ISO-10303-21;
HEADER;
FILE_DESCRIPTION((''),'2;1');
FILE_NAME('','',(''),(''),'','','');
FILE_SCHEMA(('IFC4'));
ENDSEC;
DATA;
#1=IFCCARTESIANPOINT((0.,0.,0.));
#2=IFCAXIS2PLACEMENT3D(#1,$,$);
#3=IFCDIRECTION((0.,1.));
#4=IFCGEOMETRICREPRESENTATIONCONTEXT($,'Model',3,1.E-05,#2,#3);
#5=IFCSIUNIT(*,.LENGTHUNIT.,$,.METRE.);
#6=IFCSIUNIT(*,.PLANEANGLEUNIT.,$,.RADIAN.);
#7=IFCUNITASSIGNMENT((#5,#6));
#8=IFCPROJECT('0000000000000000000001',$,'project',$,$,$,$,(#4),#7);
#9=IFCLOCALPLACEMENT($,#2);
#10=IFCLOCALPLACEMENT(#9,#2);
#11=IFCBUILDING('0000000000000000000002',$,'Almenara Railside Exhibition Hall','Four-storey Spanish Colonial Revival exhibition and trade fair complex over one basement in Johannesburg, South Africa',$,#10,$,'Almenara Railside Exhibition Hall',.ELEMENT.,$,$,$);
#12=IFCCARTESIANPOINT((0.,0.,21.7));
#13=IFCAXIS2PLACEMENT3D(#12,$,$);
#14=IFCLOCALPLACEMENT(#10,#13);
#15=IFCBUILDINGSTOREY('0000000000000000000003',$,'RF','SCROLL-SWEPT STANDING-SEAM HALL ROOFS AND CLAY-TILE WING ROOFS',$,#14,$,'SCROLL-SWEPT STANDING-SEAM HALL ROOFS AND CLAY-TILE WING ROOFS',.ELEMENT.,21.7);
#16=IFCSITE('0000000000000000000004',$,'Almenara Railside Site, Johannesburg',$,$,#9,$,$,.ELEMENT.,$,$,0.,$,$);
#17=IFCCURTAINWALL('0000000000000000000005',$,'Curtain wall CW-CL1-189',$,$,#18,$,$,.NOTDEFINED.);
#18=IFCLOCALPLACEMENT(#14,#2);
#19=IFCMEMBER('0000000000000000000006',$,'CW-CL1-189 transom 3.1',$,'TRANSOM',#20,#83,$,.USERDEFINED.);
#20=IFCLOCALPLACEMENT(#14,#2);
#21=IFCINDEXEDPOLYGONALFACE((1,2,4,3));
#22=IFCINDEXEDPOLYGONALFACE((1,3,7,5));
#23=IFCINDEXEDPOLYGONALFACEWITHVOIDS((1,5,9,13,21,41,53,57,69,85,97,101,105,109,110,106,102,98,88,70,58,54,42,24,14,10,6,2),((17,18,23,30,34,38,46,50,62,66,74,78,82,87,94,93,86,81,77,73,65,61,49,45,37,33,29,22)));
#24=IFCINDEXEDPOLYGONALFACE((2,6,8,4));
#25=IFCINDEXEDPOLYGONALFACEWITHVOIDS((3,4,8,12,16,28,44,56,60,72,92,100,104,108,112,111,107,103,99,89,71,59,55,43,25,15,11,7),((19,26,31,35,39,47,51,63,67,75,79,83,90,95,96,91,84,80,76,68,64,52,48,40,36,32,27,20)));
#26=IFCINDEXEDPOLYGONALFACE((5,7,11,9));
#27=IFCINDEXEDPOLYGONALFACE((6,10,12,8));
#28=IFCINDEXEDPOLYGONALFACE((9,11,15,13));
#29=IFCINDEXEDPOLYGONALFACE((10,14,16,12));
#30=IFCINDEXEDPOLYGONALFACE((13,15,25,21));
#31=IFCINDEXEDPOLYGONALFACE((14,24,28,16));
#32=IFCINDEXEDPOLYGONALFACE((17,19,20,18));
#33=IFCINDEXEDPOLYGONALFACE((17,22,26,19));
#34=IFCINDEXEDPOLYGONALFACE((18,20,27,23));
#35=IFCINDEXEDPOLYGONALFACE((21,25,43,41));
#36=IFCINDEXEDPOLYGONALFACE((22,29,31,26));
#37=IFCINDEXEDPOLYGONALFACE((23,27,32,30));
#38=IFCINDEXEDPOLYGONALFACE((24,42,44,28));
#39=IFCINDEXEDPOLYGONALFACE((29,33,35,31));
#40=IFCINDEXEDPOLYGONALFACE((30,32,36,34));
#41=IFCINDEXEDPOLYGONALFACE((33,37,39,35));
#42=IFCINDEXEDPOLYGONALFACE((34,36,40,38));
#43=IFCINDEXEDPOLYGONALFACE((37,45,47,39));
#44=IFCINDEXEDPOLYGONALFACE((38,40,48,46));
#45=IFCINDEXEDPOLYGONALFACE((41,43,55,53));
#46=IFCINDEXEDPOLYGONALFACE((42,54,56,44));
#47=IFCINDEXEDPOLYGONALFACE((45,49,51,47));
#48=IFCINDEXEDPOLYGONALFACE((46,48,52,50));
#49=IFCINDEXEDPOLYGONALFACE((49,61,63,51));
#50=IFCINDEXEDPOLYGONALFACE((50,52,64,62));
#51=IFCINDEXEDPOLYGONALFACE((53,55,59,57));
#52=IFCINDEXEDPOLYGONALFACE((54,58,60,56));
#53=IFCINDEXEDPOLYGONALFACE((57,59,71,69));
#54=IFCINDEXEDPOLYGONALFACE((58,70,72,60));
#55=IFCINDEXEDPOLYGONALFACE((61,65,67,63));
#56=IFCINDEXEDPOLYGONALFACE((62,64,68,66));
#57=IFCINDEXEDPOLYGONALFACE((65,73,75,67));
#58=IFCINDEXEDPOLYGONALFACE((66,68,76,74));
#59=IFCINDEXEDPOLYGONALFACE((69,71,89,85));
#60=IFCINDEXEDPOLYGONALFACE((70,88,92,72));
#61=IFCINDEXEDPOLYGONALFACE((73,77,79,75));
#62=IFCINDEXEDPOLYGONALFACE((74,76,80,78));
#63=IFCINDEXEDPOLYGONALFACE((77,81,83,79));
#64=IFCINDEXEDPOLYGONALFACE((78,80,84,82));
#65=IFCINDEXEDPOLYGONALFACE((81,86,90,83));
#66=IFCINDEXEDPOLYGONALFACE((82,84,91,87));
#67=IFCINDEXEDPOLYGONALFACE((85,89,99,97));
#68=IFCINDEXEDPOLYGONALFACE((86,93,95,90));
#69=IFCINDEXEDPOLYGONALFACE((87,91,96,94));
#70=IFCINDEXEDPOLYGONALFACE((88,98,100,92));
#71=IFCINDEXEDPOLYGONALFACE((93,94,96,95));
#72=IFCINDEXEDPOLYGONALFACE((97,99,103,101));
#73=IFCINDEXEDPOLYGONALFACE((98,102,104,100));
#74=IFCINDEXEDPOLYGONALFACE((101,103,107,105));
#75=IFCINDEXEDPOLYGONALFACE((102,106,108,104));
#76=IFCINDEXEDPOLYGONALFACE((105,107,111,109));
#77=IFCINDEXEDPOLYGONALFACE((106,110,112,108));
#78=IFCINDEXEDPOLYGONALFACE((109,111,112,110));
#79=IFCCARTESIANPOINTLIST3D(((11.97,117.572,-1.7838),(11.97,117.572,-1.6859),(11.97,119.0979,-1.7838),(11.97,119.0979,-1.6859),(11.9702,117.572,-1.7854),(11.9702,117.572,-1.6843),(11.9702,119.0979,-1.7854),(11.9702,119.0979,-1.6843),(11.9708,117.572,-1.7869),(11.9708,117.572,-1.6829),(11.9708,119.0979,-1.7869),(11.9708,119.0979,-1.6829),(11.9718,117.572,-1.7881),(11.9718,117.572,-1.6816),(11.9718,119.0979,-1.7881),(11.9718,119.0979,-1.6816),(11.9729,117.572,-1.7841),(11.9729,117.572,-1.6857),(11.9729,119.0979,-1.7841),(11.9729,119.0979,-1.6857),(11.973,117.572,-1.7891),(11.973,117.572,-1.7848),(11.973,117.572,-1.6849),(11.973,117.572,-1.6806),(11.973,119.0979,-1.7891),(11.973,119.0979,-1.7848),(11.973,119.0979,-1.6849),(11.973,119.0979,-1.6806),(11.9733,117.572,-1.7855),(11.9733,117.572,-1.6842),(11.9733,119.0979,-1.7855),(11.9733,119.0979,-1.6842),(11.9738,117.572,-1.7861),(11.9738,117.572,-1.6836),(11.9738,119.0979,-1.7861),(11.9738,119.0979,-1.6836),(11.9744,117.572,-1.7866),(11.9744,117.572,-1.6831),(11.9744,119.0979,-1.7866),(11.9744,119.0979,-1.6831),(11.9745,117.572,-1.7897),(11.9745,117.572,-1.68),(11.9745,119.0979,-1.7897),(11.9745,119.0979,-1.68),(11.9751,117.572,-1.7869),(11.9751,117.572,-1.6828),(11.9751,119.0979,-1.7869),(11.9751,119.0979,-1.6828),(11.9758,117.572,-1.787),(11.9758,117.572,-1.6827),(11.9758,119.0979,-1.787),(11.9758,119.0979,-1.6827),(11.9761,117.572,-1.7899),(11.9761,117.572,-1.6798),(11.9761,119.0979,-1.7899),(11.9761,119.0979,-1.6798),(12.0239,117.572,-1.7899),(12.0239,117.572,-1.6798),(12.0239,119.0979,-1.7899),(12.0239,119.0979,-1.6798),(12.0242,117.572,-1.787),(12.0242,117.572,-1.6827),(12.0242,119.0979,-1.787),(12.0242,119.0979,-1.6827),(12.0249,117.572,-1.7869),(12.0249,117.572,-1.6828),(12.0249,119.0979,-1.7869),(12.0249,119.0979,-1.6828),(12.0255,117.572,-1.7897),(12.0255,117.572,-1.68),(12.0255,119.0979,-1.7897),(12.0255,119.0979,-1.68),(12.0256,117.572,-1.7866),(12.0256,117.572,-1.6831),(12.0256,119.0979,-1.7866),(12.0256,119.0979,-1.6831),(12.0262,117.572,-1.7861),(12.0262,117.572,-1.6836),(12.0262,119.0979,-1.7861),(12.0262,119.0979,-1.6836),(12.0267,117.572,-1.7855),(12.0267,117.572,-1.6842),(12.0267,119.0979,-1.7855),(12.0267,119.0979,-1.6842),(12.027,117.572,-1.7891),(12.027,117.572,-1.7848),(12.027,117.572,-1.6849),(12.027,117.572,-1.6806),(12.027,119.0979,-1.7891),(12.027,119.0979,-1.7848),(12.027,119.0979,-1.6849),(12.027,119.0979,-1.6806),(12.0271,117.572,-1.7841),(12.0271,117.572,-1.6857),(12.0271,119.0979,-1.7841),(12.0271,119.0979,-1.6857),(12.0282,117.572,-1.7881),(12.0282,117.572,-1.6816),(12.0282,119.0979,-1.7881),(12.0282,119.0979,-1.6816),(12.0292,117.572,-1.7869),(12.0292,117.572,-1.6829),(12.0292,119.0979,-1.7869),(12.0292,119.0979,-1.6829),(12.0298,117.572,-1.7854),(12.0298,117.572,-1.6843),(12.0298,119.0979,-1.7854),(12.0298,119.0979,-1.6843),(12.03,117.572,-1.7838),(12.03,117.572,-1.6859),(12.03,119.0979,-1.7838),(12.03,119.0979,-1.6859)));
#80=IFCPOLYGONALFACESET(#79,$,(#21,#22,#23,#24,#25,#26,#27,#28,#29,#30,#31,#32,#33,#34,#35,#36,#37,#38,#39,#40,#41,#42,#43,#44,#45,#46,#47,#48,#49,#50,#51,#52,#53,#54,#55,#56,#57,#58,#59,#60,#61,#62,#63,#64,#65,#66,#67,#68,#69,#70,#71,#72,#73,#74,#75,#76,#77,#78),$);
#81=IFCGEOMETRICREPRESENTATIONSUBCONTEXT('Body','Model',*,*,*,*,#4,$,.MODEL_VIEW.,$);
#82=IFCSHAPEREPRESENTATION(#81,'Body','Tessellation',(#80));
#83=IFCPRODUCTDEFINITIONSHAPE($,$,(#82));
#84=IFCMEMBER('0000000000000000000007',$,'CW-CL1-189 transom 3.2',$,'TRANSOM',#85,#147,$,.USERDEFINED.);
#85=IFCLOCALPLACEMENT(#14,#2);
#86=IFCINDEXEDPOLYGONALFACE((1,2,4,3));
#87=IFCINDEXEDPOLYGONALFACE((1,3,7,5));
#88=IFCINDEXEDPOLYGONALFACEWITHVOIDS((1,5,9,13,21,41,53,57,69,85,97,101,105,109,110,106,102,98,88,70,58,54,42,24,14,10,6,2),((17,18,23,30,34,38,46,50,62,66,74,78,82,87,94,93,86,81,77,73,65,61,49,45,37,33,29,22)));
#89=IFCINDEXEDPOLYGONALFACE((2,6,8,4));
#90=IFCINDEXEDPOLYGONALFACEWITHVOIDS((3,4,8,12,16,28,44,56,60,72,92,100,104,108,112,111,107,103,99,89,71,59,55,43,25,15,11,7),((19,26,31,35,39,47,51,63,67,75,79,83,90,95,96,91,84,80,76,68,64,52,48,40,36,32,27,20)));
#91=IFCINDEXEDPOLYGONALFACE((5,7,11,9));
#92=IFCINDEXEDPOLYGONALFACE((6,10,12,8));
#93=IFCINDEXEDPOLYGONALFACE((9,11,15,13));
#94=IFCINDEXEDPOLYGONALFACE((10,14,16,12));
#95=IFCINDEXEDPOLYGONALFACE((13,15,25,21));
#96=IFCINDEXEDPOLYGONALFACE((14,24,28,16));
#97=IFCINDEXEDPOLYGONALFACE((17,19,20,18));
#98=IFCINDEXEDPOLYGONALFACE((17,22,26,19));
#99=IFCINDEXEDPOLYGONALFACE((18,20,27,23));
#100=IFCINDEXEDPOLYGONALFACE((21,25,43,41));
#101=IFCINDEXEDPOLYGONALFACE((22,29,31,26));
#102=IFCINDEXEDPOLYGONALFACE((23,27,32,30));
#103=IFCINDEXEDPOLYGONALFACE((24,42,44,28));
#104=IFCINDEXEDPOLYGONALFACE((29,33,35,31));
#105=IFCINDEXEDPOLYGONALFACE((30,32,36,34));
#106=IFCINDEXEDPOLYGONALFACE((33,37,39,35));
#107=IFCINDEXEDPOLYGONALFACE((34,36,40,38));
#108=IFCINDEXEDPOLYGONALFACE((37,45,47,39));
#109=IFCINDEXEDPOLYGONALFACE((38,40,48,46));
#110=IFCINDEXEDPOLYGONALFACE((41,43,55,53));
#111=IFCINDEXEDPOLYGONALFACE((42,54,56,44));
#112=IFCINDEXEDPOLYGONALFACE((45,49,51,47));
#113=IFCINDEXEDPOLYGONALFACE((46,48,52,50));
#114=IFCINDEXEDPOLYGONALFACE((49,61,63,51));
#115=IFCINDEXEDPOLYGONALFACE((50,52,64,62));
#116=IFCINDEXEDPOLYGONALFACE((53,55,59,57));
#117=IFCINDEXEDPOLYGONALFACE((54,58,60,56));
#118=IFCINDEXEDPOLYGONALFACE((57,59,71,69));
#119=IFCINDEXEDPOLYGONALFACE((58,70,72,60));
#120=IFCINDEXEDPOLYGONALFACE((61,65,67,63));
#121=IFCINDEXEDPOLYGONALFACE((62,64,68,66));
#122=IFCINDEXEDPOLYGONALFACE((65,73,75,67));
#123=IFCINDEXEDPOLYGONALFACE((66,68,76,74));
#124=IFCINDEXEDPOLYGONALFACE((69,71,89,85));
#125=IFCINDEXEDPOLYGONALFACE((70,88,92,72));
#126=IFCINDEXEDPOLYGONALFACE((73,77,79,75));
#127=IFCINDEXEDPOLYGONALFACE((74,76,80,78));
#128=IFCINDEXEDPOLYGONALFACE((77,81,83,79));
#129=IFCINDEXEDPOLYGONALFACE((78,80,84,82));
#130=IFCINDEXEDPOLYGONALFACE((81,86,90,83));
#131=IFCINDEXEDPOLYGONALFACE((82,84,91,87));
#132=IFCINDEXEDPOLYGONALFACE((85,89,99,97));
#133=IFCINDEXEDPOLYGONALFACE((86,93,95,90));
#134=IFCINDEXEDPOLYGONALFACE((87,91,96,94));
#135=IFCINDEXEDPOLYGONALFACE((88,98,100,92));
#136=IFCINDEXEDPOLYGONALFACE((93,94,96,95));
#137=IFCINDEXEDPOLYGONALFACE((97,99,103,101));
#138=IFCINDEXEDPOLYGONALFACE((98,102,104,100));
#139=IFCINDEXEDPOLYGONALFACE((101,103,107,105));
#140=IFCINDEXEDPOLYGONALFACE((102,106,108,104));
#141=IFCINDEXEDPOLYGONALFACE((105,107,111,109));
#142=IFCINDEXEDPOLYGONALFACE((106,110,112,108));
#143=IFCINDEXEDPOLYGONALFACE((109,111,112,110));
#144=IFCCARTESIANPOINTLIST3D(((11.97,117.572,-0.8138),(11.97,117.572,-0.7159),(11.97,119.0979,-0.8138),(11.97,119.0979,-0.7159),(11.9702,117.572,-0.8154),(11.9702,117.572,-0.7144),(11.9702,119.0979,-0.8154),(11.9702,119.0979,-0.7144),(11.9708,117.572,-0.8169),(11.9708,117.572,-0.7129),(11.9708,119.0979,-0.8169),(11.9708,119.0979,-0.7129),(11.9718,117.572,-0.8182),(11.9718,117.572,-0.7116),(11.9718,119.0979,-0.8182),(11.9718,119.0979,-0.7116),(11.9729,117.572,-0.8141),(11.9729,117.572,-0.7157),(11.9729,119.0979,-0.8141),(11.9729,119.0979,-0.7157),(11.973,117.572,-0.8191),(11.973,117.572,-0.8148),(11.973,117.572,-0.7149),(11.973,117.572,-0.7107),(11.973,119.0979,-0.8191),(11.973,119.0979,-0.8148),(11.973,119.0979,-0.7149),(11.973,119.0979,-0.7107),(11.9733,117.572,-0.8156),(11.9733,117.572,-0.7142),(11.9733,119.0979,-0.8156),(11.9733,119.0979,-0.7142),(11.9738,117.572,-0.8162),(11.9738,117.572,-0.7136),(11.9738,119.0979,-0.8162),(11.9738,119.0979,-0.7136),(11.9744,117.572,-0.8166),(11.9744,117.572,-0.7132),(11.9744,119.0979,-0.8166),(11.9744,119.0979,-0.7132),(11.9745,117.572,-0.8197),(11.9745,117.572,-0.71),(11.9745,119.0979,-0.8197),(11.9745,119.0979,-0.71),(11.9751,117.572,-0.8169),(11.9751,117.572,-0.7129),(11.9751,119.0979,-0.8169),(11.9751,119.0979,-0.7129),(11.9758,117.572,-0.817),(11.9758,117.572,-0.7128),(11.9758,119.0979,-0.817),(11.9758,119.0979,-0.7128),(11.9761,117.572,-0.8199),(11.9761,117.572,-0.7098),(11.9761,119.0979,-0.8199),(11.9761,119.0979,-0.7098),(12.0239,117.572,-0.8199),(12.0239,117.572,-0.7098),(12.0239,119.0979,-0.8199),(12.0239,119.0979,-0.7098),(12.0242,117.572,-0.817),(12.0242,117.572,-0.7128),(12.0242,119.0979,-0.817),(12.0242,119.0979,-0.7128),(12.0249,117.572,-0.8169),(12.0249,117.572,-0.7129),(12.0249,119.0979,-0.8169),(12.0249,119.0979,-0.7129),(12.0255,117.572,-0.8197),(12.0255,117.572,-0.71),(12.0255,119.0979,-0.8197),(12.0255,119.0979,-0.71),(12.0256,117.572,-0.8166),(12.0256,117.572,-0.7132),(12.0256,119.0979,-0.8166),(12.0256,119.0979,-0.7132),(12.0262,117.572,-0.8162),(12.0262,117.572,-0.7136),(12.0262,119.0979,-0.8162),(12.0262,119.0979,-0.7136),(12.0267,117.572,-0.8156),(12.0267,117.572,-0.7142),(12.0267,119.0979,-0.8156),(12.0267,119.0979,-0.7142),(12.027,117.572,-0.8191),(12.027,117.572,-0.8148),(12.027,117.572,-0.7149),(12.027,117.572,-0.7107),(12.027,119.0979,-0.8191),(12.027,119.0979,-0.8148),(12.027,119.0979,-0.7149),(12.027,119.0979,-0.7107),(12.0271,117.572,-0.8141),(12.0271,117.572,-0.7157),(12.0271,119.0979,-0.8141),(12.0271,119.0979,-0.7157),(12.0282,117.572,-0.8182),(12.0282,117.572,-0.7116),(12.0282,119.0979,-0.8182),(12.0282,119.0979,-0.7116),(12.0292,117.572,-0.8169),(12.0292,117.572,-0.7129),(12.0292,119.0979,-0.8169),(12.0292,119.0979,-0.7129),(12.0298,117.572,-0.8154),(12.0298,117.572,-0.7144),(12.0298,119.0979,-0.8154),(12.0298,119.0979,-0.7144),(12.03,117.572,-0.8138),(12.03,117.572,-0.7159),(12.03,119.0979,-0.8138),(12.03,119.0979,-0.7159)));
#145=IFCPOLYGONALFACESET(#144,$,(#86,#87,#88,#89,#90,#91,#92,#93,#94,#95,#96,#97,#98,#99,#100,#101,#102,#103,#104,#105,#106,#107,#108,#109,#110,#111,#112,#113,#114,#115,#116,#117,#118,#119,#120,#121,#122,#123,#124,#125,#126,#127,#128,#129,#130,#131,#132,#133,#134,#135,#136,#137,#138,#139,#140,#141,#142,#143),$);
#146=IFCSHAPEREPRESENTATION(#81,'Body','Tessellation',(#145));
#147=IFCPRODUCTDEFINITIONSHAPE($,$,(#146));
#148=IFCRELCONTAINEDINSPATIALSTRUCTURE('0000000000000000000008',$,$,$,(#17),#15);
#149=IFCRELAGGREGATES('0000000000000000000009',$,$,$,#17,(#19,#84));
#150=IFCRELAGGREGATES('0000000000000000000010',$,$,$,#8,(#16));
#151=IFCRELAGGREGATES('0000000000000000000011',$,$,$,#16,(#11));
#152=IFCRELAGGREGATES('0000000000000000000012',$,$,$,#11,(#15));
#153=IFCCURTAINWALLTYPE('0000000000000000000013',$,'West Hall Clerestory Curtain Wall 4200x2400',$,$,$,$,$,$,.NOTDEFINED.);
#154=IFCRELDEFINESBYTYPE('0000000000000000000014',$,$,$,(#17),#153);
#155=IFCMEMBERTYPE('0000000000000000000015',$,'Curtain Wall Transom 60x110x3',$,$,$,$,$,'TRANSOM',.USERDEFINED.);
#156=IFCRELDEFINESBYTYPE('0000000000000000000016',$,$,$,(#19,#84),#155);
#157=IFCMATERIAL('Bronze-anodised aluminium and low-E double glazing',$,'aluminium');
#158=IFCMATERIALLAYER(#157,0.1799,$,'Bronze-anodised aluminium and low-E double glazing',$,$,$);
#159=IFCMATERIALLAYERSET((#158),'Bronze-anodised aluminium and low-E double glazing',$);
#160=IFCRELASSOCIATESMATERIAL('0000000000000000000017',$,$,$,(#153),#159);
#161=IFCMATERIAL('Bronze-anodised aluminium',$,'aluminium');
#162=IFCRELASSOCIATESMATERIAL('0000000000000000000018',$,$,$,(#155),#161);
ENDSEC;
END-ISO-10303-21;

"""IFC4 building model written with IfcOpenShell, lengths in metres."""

from ifc_helpers import new_model, si_unit, direction, frame, origin, origin_2d, place, context, subcontext, project, spatial, hollow_rectangle, extrude, material, layer, layer_set, material_profile, profile_set, type_object, element, aggregate, save


model = new_model("IFC4")

# Units and contexts
model_context = context("Model", 3, precision=1e-05, world=origin(), true_north=direction((0.0, 1.0)))
body_context = subcontext(model_context, "Body", "Model", "MODEL_VIEW")
ifc_project = project(units=[si_unit("LENGTHUNIT", "METRE"), si_unit("PLANEANGLEUNIT", "RADIAN")], contexts=[model_context])

# Site, building, storey
site_placement = place(None, origin())
site = spatial("IfcSite", under=ifc_project, at=site_placement, Name="Almenara Railside Site, Johannesburg", CompositionType="ELEMENT", RefElevation=0.0)
building_placement = place(site_placement, origin())
building = spatial("IfcBuilding", under=site, at=building_placement, Name="Almenara Railside Exhibition Hall", Description="Four-storey Spanish Colonial Revival exhibition and trade fair complex over one basement in Johannesburg, South Africa", LongName="Almenara Railside Exhibition Hall", CompositionType="ELEMENT")
storey_placement = place(building_placement, frame((0.0, 0.0, 21.7)))
storey = spatial("IfcBuildingStorey", under=building, at=storey_placement, Name="RF", Description="SCROLL-SWEPT STANDING-SEAM HALL ROOFS AND CLAY-TILE WING ROOFS", LongName="SCROLL-SWEPT STANDING-SEAM HALL ROOFS AND CLAY-TILE WING ROOFS", CompositionType="ELEMENT", Elevation=21.7)

# Curtain wall, members
ifc_material_1 = material(Name="Bronze-anodised aluminium and low-E double glazing", Category="aluminium")
ifc_layer_1 = layer(ifc_material_1, 0.1799, Name="Bronze-anodised aluminium and low-E double glazing")
ifc_layer_set_1 = layer_set([ifc_layer_1], Name="Bronze-anodised aluminium and low-E double glazing")
curtain_wall_type = type_object("IfcCurtainWallType", Name="West Hall Clerestory Curtain Wall 4200x2400", PredefinedType="NOTDEFINED", material=ifc_layer_set_1)
curtain_wall_placement = place(storey_placement, origin())
curtain_wall = element("IfcCurtainWall", 1, at=curtain_wall_placement, inside=storey, type_object=curtain_wall_type, Name="Curtain wall CW-CL1-189", PredefinedType="NOTDEFINED")
ifc_material_2 = material(Name="Bronze-anodised aluminium", Category="aluminium")
ifc_material_profile_1 = material_profile(ifc_material_2, hollow_rectangle(XDim=0.0601, YDim=0.1101, WallThickness=0.0029, InnerFilletRadius=0.0029, OuterFilletRadius=0.0061, at=origin_2d()), Name="ALU-TRN 60x110x3")
ifc_profile_set_1 = profile_set([ifc_material_profile_1], Name="Bronze-anodised aluminium")
member_type_1 = type_object("IfcMemberType", Name="Curtain Wall Transom 60x110x3", ElementType="TRANSOM", PredefinedType="USERDEFINED", material=ifc_profile_set_1)
member_1_placement = place(storey_placement, frame((12.0, 117.572, -1.7349), z_axis=(0.0, 1.0, 0.0), x_axis=(-1.0, 0.0, 0.0)))
member_1 = element("IfcMember", 2, at=member_1_placement, type_object=member_type_1, Name="CW-CL1-189 transom 3.1", ObjectType="TRANSOM", PredefinedType="USERDEFINED", context=body_context, shape_type="SweptSolid", body=[
    extrude(hollow_rectangle(XDim=0.0601, YDim=0.1101, WallThickness=0.0029, InnerFilletRadius=0.0029, OuterFilletRadius=0.0061, at=origin_2d()), origin(), (0.0, 0.0, 1.0), 1.5259),
])
member_2_placement = place(storey_placement, frame((12.0, 117.572, -0.7649), z_axis=(0.0, 1.0, 0.0), x_axis=(-1.0, 0.0, 0.0)))
member_2 = element("IfcMember", 3, at=member_2_placement, type_object=member_type_1, Name="CW-CL1-189 transom 3.2", ObjectType="TRANSOM", PredefinedType="USERDEFINED", context=body_context, shape_type="SweptSolid", body=[
    extrude(hollow_rectangle(XDim=0.0601, YDim=0.1101, WallThickness=0.0029, InnerFilletRadius=0.0029, OuterFilletRadius=0.0061, at=origin_2d()), origin(), (0.0, 0.0, 1.0), 1.5259),
])

aggregate(curtain_wall, [member_1, member_2])

save(model, "model.ifc")
